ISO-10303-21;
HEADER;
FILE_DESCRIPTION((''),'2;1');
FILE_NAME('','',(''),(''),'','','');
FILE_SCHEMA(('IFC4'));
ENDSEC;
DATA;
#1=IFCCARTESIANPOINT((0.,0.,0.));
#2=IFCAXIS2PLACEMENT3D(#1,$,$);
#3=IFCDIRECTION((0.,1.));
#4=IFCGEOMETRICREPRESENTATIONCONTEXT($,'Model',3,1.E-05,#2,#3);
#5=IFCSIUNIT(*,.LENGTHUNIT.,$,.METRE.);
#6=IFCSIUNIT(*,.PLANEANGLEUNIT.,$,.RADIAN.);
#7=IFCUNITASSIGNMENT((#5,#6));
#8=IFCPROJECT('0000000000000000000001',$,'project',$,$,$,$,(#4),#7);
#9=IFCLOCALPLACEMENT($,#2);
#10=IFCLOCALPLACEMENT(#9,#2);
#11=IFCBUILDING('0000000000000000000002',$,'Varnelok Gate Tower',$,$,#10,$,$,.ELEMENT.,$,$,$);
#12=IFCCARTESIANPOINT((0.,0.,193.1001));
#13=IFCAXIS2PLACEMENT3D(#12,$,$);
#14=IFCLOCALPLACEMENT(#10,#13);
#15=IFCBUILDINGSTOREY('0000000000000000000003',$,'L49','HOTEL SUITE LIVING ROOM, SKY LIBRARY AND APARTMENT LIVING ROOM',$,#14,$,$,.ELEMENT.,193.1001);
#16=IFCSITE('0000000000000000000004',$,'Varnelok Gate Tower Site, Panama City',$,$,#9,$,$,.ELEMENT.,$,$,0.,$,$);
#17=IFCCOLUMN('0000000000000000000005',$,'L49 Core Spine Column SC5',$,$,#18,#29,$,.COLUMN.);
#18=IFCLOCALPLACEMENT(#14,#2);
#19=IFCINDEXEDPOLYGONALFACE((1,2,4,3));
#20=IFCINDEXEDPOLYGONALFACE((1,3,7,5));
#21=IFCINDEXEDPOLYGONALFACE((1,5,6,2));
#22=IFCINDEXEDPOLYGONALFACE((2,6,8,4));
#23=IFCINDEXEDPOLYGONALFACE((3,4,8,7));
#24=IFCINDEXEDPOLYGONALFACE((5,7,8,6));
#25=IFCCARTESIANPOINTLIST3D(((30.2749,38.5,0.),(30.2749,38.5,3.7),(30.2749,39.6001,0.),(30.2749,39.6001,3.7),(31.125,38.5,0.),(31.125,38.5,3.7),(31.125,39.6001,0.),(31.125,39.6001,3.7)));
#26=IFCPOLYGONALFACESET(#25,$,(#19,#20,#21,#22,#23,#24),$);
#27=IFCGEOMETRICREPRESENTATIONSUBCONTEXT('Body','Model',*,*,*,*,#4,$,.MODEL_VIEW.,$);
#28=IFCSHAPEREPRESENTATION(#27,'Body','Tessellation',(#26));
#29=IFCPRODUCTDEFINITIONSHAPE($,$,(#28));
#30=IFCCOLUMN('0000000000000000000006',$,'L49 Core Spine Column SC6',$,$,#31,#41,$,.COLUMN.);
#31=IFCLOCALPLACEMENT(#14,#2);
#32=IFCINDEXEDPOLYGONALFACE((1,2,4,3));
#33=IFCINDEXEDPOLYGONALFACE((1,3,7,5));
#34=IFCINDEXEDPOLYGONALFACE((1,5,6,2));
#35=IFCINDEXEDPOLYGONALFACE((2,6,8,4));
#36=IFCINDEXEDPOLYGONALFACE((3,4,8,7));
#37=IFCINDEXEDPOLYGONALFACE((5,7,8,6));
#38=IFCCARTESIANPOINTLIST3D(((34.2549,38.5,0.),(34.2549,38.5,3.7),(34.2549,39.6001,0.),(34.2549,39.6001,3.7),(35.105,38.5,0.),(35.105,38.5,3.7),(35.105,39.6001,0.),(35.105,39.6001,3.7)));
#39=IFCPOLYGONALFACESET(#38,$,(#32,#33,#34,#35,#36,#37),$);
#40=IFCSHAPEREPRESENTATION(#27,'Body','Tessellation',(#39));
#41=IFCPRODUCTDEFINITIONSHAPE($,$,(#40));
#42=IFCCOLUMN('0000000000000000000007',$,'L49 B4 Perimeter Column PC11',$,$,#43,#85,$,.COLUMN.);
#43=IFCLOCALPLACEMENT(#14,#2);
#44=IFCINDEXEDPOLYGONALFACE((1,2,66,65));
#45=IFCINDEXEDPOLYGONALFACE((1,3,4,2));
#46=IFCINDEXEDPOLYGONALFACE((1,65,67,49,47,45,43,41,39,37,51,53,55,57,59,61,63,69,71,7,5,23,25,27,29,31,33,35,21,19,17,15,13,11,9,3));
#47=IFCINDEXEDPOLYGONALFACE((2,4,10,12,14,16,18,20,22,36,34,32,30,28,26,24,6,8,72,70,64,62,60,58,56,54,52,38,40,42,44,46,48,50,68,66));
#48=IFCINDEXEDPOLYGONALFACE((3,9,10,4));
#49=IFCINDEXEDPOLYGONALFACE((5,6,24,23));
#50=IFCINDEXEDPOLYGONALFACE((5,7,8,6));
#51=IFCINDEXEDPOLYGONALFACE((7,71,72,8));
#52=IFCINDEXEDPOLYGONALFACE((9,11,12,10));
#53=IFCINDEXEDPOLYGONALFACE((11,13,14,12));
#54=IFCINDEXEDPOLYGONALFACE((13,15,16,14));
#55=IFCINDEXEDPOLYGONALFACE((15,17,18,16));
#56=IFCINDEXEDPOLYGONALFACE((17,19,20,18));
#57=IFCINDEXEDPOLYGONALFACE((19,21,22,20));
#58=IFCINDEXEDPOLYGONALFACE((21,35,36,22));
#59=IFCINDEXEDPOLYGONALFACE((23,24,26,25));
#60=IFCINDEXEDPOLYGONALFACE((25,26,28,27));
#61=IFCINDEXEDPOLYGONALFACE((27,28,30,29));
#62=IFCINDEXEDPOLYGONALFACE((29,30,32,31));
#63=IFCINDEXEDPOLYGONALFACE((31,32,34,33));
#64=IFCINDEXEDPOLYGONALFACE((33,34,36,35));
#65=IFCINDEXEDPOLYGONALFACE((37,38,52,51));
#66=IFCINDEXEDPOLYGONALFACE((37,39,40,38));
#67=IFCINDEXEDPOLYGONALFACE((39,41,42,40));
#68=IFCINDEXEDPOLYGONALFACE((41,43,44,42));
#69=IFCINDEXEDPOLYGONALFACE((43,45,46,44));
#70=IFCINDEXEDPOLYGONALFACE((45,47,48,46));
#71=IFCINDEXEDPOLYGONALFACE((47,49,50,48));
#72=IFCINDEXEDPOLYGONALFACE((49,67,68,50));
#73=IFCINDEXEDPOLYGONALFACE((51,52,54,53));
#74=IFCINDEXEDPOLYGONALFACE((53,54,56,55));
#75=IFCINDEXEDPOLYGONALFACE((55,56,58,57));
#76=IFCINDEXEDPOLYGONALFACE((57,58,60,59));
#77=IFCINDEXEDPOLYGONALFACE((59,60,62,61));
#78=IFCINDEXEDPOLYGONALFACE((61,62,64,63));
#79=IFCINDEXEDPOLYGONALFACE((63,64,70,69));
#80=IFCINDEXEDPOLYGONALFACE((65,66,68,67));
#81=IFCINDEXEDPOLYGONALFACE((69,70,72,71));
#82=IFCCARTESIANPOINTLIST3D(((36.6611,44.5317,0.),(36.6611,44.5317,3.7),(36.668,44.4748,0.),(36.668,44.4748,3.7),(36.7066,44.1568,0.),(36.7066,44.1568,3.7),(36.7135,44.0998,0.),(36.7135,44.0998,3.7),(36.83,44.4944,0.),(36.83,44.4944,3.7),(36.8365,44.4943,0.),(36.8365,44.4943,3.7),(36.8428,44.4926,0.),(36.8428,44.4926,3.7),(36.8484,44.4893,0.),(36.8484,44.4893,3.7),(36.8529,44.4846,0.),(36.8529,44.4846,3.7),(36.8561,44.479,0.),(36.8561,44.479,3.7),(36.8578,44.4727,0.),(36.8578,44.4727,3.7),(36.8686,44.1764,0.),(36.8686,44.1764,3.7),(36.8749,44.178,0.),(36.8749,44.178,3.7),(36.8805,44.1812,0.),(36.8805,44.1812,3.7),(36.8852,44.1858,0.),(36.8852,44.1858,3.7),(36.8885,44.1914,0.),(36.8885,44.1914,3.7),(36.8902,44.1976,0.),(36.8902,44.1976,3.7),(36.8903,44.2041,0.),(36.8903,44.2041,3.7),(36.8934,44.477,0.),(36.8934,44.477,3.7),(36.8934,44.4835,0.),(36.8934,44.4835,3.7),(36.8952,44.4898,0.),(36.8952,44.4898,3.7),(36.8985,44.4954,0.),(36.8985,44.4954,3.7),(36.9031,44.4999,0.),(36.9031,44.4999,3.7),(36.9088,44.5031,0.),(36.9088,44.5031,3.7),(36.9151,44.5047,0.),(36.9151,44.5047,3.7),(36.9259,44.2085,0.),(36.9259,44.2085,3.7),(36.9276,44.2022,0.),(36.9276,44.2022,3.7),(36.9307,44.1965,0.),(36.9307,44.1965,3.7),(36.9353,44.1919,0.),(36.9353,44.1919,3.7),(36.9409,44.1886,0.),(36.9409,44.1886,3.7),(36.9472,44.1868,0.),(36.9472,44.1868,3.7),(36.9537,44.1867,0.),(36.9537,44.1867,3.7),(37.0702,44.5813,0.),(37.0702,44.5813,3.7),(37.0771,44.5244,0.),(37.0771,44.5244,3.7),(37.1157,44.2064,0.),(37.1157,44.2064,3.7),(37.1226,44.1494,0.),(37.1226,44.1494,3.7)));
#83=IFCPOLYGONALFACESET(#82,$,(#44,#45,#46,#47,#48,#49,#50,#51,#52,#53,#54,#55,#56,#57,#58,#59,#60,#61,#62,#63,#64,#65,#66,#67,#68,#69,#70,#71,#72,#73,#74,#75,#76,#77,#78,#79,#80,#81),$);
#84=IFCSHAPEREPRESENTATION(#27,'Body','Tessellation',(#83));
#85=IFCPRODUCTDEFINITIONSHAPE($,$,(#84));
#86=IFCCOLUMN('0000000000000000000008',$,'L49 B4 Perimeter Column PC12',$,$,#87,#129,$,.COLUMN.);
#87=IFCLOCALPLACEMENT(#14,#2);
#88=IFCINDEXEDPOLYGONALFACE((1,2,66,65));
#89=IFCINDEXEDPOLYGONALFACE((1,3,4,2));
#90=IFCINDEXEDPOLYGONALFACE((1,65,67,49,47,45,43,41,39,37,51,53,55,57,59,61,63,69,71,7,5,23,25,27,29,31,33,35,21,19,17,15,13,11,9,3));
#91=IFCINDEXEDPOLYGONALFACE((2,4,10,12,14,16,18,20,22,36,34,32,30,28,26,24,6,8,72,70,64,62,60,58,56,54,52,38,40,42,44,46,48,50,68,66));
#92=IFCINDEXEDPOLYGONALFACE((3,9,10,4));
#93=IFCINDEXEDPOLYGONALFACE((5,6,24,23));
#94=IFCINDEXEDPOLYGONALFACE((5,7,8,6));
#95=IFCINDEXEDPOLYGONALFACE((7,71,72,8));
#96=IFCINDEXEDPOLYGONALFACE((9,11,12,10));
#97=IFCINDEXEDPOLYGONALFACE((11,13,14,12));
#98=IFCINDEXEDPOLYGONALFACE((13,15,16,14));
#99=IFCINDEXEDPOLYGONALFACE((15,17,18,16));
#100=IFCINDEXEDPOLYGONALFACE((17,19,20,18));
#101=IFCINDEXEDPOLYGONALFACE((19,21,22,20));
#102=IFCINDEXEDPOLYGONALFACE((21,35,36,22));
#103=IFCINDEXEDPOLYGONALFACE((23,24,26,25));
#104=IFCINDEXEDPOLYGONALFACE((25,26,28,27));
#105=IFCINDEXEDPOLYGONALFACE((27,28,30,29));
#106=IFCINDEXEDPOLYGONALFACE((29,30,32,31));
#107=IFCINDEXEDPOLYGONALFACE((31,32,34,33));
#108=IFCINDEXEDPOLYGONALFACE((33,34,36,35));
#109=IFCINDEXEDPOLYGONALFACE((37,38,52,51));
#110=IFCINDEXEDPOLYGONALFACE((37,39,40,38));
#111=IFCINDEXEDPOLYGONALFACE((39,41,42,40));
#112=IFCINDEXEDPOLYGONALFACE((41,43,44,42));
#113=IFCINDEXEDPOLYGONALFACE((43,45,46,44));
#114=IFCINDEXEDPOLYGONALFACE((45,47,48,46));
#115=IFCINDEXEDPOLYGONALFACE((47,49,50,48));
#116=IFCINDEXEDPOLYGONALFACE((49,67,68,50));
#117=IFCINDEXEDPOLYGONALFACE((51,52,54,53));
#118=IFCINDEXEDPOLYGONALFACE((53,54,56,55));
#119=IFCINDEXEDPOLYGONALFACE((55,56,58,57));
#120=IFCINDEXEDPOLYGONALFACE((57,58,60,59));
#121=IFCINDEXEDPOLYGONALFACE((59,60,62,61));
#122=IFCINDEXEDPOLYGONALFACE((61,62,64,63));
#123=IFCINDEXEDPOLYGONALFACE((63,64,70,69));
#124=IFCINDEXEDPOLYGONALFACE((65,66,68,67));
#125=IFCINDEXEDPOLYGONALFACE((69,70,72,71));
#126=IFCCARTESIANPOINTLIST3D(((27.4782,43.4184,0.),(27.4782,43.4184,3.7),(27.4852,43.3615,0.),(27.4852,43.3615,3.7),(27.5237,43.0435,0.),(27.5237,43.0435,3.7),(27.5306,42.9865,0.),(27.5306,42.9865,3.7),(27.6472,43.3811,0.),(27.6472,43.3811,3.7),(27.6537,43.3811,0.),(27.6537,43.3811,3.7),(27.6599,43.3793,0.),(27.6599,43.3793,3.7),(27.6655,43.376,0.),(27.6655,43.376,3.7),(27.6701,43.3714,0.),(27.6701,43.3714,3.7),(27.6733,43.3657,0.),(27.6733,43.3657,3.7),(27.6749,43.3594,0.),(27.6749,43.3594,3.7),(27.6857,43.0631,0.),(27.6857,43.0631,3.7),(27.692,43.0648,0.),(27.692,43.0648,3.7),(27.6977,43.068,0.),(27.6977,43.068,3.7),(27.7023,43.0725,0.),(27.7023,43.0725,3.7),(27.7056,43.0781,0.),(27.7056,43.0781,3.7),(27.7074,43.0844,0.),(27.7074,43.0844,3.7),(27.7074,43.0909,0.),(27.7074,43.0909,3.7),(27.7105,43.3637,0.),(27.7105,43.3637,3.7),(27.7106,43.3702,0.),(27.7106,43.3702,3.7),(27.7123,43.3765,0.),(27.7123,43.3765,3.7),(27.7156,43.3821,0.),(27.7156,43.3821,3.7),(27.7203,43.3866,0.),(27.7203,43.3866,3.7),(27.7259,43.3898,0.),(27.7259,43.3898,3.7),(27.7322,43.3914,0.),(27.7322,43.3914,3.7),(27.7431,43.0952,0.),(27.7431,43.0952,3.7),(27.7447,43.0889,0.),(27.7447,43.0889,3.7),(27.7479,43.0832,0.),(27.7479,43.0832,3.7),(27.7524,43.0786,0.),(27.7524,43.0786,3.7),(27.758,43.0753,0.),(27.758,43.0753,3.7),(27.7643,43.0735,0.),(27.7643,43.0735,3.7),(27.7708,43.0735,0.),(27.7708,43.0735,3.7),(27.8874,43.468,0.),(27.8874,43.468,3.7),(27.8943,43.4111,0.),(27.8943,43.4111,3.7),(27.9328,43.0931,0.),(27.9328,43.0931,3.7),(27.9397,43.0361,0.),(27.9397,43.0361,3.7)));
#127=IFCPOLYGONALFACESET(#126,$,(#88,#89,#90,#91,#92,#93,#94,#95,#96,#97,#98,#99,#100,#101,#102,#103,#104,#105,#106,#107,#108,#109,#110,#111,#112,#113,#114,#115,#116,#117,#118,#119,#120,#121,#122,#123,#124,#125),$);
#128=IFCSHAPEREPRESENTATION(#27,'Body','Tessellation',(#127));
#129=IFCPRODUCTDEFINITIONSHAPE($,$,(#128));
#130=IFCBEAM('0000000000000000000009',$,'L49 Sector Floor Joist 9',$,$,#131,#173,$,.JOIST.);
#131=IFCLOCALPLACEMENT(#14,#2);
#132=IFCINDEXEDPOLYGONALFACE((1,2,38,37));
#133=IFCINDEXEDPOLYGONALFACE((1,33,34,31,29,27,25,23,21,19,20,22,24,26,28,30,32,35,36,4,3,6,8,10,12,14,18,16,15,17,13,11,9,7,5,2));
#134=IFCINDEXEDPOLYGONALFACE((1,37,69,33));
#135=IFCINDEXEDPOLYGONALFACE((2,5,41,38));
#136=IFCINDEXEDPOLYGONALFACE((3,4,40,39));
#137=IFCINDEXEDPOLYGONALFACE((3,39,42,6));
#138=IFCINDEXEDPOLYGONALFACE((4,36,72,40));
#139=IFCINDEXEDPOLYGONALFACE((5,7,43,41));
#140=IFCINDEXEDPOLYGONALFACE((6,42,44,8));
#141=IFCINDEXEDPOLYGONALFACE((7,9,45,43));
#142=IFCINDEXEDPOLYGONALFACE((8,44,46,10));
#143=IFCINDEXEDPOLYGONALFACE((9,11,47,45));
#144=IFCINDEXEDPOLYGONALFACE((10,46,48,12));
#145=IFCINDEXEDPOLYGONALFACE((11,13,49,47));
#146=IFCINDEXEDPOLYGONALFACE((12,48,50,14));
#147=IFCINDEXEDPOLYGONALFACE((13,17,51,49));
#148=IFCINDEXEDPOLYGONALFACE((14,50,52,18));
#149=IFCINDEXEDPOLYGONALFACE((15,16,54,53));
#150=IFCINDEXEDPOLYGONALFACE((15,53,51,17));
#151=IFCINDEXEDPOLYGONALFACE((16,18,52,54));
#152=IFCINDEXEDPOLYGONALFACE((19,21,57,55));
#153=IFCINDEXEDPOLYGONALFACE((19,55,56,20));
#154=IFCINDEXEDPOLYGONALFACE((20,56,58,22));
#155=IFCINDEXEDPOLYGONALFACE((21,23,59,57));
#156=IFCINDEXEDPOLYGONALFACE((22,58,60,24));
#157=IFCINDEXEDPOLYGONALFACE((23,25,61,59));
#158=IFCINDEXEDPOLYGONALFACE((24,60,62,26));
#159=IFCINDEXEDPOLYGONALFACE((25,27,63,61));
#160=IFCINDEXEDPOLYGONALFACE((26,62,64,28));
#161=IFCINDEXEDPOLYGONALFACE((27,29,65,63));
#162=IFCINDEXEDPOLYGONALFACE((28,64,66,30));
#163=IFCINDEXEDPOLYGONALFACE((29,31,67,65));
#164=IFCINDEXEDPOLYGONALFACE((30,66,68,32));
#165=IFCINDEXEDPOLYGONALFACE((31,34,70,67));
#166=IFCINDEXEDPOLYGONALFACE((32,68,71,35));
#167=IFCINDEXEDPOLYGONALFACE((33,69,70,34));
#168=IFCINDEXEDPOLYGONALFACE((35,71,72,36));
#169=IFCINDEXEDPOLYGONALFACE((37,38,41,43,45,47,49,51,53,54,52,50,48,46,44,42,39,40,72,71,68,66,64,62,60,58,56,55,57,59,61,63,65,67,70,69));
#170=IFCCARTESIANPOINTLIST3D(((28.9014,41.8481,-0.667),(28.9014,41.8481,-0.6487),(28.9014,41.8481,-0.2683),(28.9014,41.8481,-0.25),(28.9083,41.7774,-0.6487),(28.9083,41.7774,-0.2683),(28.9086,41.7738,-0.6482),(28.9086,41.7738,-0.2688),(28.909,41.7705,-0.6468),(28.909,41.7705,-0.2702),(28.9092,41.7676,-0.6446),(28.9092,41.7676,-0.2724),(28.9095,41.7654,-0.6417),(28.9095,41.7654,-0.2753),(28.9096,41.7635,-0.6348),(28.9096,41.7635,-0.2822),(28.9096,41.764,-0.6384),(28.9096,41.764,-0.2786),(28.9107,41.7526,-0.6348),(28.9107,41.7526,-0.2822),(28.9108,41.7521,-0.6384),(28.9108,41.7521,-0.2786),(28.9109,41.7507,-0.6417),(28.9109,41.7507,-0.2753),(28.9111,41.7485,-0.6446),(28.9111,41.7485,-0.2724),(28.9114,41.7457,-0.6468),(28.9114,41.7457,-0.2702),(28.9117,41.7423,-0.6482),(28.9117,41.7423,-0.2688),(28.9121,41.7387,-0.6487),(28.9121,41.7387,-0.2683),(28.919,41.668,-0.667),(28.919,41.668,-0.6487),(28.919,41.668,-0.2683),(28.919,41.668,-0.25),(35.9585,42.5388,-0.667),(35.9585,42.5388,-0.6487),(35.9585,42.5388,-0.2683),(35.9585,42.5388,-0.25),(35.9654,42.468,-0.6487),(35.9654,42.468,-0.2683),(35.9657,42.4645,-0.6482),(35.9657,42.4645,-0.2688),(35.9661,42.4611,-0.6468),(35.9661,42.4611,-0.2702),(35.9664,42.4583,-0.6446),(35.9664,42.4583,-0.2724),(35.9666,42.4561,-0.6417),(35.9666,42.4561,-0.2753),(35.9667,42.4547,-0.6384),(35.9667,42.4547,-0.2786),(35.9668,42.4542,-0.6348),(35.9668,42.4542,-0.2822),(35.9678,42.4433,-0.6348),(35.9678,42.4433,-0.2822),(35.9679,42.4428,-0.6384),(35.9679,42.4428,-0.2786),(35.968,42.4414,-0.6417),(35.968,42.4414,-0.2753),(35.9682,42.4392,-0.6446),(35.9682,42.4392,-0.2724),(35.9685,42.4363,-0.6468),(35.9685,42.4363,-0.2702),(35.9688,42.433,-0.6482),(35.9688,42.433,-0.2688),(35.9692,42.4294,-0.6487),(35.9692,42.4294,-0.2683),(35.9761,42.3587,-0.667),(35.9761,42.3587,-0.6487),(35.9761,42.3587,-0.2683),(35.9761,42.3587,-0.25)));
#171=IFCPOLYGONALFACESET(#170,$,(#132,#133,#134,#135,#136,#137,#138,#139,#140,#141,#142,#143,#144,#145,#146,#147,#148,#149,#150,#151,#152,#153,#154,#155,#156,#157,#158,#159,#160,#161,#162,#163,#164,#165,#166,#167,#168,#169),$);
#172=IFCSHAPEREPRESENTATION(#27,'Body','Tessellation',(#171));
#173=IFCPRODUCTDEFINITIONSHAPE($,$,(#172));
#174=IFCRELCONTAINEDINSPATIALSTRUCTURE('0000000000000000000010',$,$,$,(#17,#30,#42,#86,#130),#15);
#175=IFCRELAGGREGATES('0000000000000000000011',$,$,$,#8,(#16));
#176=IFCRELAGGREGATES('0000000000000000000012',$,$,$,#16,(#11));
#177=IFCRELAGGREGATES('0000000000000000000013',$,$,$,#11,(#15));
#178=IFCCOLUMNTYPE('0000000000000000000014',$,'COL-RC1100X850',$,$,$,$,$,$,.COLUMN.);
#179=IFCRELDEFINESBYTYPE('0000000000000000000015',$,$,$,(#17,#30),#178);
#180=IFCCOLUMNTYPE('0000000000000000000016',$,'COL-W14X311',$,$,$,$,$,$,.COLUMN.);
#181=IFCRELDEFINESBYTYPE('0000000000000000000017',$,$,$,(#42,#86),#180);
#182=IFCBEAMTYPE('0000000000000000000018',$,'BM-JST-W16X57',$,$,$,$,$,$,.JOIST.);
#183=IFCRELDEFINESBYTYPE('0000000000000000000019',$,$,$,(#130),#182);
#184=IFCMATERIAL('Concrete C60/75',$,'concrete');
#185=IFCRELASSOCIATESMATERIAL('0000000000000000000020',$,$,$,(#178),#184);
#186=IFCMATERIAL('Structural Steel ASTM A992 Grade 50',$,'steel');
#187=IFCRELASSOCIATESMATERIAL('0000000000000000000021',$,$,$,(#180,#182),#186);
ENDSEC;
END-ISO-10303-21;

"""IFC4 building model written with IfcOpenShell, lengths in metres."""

from ifc_helpers import new_model, si_unit, direction, frame, origin, origin_2d, place, context, subcontext, project, spatial, rectangle, i_section, extrude, material, material_profile, profile_set, type_object, element, save


model = new_model("IFC4")

# Units and contexts
model_context = context("Model", 3, precision=1e-05, world=origin(), true_north=direction((0.0, 1.0)))
body_context = subcontext(model_context, "Body", "Model", "MODEL_VIEW")
ifc_project = project(units=[si_unit("LENGTHUNIT", "METRE"), si_unit("PLANEANGLEUNIT", "RADIAN")], contexts=[model_context])

# Site, building, storey
site_placement = place(None, origin())
site = spatial("IfcSite", under=ifc_project, at=site_placement, Name="Varnelok Gate Tower Site, Panama City", CompositionType="ELEMENT", RefElevation=0.0)
building_placement = place(site_placement, origin())
building = spatial("IfcBuilding", under=site, at=building_placement, Name="Varnelok Gate Tower", CompositionType="ELEMENT")
storey_placement = place(building_placement, frame((0.0, 0.0, 193.1001)))
storey = spatial("IfcBuildingStorey", under=building, at=storey_placement, Name="L49", Description="HOTEL SUITE LIVING ROOM, SKY LIBRARY AND APARTMENT LIVING ROOM", CompositionType="ELEMENT", Elevation=193.1001)

# Columns
ifc_material_1 = material(Name="Concrete C60/75", Category="concrete")
ifc_material_profile_1 = material_profile(ifc_material_1, rectangle(XDim=0.8501, YDim=1.1001, at=origin_2d()), Name="RC1100X850")
ifc_profile_set_1 = profile_set([ifc_material_profile_1], Name="Concrete C60/75")
column_type_1 = type_object("IfcColumnType", Name="COL-RC1100X850", PredefinedType="COLUMN", material=ifc_profile_set_1)
for number, where, z_axis, x_axis, name in (
    (1, (30.7, 39.05, 0.0), (0.0, 0.0, 1.0), (1.0, 0.0, 0.0), "L49 Core Spine Column SC5"),
    (2, (34.6799, 39.05, 0.0), (0.0, 0.0, 1.0), (1.0, 0.0, 0.0), "L49 Core Spine Column SC6"),
):
    element("IfcColumn", number, at=place(storey_placement, frame(where, z_axis=z_axis, x_axis=x_axis)), inside=storey, type_object=column_type_1, Name=name, PredefinedType="COLUMN", context=body_context, shape_type="SweptSolid", body=[
        extrude(rectangle(XDim=0.8501, YDim=1.1001, at=origin_2d()), origin(), (0.0, 0.0, 1.0), 3.7),
    ])
ifc_material_2 = material(Name="Structural Steel ASTM A992 Grade 50", Category="steel")
ifc_material_profile_2 = material_profile(ifc_material_2, i_section(OverallWidth=0.4121, OverallDepth=0.4351, WebThickness=0.0359, FlangeThickness=0.0574, FilletRadius=0.0249, at=origin_2d()), Name="W14X311")
ifc_profile_set_2 = profile_set([ifc_material_profile_2], Name="Structural Steel ASTM A992 Grade 50")
column_type_2 = type_object("IfcColumnType", Name="COL-W14X311", PredefinedType="COLUMN", material=ifc_profile_set_2)
for number, where, z_axis, x_axis, name in (
    (3, (36.8918, 44.3406, 0.0), (0.0, 0.0, 1.0), (0.992732, 0.120345, 0.0), "L49 B4 Perimeter Column PC11"),
    (4, (27.709, 43.2273, 0.0), (0.0, 0.0, 1.0), (0.992732, 0.120345, 0.0), "L49 B4 Perimeter Column PC12"),
):
    element("IfcColumn", number, at=place(storey_placement, frame(where, z_axis=z_axis, x_axis=x_axis)), inside=storey, type_object=column_type_2, Name=name, PredefinedType="COLUMN", context=body_context, shape_type="SweptSolid", body=[
        extrude(i_section(OverallWidth=0.4121, OverallDepth=0.4351, WebThickness=0.0359, FlangeThickness=0.0574, FilletRadius=0.0249, at=origin_2d()), origin(), (0.0, 0.0, 1.0), 3.7),
    ])

# Beam
ifc_material_profile_3 = material_profile(ifc_material_2, i_section(OverallWidth=0.1809, OverallDepth=0.417, WebThickness=0.011, FlangeThickness=0.0183, FilletRadius=0.0139, at=origin_2d()), Name="W16X57")
ifc_profile_set_3 = profile_set([ifc_material_profile_3], Name="Structural Steel ASTM A992 Grade 50")
beam_type_1 = type_object("IfcBeamType", Name="BM-JST-W16X57", PredefinedType="JOIST", material=ifc_profile_set_3)
beam_1_placement = place(storey_placement, frame((35.9673, 42.4487, -0.4585), z_axis=(-0.995245, -0.097404, 0.0), x_axis=(0.097404, -0.995245, 0.0)))
element("IfcBeam", 5, at=beam_1_placement, inside=storey, type_object=beam_type_1, Name="L49 Sector Floor Joist 9", PredefinedType="JOIST", context=body_context, shape_type="SweptSolid", body=[
    extrude(i_section(OverallWidth=0.1809, OverallDepth=0.417, WebThickness=0.011, FlangeThickness=0.0183, FilletRadius=0.0139, at=origin_2d()), origin(), (0.0, 0.0, 1.0), 7.0908),
])

save(model, "model.ifc")
